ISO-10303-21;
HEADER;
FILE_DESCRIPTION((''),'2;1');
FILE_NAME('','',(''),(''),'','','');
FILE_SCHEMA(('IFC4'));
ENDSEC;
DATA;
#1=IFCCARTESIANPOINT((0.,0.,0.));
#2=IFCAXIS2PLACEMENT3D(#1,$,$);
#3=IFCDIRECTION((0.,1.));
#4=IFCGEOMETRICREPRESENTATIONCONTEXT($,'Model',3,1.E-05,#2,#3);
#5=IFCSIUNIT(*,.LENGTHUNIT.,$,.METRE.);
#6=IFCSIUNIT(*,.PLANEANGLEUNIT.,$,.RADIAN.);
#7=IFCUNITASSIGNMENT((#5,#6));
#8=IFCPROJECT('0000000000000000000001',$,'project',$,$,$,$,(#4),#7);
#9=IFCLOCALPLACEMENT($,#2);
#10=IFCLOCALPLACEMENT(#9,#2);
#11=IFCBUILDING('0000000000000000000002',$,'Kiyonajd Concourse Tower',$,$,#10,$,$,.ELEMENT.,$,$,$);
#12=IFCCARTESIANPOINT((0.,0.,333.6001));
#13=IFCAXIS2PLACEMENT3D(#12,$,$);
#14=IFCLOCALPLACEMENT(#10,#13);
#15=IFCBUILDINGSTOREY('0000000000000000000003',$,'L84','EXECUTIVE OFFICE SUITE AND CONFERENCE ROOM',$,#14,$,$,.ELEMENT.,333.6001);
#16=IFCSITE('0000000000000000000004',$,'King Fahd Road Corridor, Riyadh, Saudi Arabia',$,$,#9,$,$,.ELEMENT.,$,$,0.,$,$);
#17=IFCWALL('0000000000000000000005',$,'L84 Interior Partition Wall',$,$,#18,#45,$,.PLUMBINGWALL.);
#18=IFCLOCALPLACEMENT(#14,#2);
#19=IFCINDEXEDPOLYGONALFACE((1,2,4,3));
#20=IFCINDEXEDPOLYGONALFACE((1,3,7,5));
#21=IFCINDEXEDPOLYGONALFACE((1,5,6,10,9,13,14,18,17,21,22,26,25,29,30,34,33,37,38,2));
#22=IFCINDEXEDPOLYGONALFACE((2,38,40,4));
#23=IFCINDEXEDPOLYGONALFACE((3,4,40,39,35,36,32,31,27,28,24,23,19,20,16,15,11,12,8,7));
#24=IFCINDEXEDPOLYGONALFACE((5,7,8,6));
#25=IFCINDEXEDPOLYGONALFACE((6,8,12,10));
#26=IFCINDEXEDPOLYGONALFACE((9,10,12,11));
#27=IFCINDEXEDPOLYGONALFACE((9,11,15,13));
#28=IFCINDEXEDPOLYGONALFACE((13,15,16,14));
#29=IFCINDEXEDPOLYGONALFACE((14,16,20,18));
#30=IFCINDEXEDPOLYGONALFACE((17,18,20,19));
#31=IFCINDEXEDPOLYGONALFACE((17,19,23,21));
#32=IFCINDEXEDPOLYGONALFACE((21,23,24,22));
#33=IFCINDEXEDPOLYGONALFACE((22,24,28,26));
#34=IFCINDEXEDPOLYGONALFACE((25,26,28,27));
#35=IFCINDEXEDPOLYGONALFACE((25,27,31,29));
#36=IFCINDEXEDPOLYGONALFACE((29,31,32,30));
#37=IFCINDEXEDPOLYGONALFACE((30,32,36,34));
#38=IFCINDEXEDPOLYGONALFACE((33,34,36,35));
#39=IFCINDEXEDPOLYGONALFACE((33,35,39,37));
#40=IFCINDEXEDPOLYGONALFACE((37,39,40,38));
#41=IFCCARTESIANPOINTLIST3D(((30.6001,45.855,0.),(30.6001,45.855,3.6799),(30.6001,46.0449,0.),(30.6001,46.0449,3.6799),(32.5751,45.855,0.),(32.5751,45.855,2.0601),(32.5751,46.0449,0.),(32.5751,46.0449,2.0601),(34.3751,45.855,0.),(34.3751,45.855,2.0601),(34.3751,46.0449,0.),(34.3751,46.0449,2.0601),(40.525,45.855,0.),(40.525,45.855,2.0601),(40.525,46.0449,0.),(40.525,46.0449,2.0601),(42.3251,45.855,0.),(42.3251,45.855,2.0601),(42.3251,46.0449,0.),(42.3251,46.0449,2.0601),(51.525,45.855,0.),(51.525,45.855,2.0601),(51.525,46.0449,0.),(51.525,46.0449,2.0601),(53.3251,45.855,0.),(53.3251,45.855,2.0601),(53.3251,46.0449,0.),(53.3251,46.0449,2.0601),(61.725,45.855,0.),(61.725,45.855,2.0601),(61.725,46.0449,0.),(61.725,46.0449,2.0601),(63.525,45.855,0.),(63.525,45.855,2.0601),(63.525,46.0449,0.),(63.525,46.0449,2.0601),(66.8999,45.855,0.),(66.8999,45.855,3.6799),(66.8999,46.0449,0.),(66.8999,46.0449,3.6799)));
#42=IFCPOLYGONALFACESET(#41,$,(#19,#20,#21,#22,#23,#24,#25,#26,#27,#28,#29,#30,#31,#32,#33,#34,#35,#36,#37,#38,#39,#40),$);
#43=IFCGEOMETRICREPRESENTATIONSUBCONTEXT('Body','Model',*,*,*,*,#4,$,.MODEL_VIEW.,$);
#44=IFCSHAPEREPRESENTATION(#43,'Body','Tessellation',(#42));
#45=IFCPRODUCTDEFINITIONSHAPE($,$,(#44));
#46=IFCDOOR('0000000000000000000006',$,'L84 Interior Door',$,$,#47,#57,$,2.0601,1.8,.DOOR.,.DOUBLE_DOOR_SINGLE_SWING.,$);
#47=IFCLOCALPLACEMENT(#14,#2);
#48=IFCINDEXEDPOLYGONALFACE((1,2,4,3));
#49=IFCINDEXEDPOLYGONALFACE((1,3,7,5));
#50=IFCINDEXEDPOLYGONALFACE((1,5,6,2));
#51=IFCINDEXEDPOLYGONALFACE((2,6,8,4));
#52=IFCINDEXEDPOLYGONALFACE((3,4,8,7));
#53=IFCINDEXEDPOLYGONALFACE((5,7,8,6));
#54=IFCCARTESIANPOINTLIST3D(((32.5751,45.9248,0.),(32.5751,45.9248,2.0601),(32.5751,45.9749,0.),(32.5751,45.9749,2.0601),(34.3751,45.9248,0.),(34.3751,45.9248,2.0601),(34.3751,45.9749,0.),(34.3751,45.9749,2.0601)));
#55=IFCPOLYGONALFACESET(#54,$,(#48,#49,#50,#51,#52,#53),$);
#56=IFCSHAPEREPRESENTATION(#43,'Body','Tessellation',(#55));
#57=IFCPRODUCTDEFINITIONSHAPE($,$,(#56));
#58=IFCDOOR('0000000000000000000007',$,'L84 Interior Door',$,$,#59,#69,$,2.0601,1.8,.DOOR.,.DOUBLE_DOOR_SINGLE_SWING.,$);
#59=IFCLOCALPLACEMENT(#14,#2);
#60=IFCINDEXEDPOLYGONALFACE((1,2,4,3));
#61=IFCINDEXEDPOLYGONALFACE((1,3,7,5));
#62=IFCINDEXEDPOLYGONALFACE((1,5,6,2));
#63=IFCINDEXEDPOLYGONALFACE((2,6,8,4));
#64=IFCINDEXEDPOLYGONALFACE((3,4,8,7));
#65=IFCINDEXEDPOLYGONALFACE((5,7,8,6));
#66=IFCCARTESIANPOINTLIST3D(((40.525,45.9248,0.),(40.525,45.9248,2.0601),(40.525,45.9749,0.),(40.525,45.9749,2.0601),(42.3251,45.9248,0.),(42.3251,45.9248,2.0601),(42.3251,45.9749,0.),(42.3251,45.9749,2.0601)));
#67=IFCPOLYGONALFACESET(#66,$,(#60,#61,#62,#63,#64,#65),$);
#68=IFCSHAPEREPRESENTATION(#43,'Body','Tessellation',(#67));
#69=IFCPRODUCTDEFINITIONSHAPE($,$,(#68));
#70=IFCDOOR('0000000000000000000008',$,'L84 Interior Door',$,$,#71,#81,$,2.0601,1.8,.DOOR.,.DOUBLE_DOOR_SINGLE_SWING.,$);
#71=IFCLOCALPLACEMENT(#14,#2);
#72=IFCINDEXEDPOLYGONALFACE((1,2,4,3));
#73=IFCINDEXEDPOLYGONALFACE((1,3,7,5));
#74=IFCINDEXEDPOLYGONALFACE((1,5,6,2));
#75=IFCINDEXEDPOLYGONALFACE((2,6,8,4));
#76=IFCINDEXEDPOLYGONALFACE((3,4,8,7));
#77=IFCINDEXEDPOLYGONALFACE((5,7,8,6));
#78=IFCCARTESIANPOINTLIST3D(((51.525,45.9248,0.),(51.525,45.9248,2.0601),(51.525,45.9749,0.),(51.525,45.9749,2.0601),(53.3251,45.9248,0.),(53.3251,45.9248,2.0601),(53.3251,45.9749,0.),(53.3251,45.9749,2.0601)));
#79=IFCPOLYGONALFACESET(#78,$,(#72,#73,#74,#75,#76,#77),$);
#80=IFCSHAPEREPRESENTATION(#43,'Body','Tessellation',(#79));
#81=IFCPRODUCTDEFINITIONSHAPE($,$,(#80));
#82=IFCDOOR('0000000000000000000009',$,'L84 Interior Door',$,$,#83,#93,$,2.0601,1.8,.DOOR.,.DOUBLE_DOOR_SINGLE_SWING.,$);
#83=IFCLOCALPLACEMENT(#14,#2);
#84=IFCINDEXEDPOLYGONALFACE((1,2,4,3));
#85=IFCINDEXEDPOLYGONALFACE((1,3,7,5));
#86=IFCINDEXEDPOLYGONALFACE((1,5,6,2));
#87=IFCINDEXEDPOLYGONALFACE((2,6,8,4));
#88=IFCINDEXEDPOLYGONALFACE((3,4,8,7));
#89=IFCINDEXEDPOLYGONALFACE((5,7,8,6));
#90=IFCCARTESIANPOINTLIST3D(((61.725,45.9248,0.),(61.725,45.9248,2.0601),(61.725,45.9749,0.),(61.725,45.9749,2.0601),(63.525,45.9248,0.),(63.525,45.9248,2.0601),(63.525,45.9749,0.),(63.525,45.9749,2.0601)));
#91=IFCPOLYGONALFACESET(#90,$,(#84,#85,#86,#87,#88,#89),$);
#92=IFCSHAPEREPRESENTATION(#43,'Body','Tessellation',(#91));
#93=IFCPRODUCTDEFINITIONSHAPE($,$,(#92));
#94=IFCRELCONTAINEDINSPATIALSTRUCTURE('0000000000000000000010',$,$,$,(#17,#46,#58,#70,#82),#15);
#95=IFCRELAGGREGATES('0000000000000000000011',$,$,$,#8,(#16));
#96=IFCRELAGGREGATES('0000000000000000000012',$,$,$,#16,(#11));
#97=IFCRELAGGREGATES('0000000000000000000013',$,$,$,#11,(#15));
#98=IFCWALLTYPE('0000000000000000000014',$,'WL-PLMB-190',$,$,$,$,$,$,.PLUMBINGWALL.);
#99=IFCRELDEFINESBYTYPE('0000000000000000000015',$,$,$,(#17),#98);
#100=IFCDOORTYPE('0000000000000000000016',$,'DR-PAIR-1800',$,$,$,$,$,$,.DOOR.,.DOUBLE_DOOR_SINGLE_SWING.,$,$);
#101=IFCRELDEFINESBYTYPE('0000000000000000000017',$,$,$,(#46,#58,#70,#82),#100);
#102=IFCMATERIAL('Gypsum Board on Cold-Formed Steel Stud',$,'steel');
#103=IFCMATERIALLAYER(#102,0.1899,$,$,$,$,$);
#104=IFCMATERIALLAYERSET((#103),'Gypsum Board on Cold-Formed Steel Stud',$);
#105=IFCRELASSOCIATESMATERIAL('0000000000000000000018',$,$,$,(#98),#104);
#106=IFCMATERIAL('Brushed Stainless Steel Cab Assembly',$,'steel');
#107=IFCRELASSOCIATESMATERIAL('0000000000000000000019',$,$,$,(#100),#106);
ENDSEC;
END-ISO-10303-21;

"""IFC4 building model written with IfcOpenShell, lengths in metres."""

from ifc_helpers import new_model, si_unit, direction, frame, frame_2d, origin, place, context, subcontext, project, spatial, rectangle, extrude, material, layer, layer_set, type_object, element, fill, save


model = new_model("IFC4")

# Units and contexts
model_context = context("Model", 3, precision=1e-05, world=origin(), true_north=direction((0.0, 1.0)))
body_context = subcontext(model_context, "Body", "Model", "MODEL_VIEW")
ifc_project = project(units=[si_unit("LENGTHUNIT", "METRE"), si_unit("PLANEANGLEUNIT", "RADIAN")], contexts=[model_context])

# Site, building, storey
site_placement = place(None, origin())
site = spatial("IfcSite", under=ifc_project, at=site_placement, Name="King Fahd Road Corridor, Riyadh, Saudi Arabia", CompositionType="ELEMENT", RefElevation=0.0)
building_placement = place(site_placement, origin())
building = spatial("IfcBuilding", under=site, at=building_placement, Name="Kiyonajd Concourse Tower", CompositionType="ELEMENT")
storey_placement = place(building_placement, frame((0.0, 0.0, 333.6001)))
storey = spatial("IfcBuildingStorey", under=building, at=storey_placement, Name="L84", Description="EXECUTIVE OFFICE SUITE AND CONFERENCE ROOM", CompositionType="ELEMENT", Elevation=333.6001)

# Wall, openings, doors
ifc_material_1 = material(Name="Gypsum Board on Cold-Formed Steel Stud", Category="steel")
ifc_layer_1 = layer(ifc_material_1, 0.1899)
ifc_layer_set_1 = layer_set([ifc_layer_1], Name="Gypsum Board on Cold-Formed Steel Stud")
wall_type_1 = type_object("IfcWallType", Name="WL-PLMB-190", PredefinedType="PLUMBINGWALL", material=ifc_layer_set_1)
wall_1_placement = place(storey_placement, frame((30.6001, 45.95, 0.0), z_axis=(0.0, 0.0, 1.0), x_axis=(1.0, 0.0, 0.0)))
wall_1 = element("IfcWall", 1, at=wall_1_placement, inside=storey, type_object=wall_type_1, Name="L84 Interior Partition Wall", PredefinedType="PLUMBINGWALL", context=body_context, shape_type="SweptSolid", body=[
    extrude(rectangle(XDim=36.2998, YDim=0.1899, at=frame_2d((18.1499, 0.0))), origin(), (0.0, 0.0, 1.0), 3.6799),
])
opening_1_placement = place(wall_1_placement, frame((1.9751, 0.0, 0.0)))
opening_1 = element("IfcOpeningElement", 2, at=opening_1_placement, cuts=wall_1, PredefinedType="OPENING", context=body_context, shape_type="SweptSolid", body=[
    extrude(rectangle(XDim=1.8, YDim=2.0601, at=frame_2d((0.8999, 1.03))), frame((0.0, 0.105, 0.0), z_axis=(0.0, -1.0, 0.0), x_axis=(1.0, 0.0, 0.0)), (0.0, 0.0, 1.0), 0.21),
])
opening_2_placement = place(wall_1_placement, frame((9.925, 0.0, 0.0)))
opening_2 = element("IfcOpeningElement", 3, at=opening_2_placement, cuts=wall_1, PredefinedType="OPENING", context=body_context, shape_type="SweptSolid", body=[
    extrude(rectangle(XDim=1.8, YDim=2.0601, at=frame_2d((0.8999, 1.03))), frame((0.0, 0.105, 0.0), z_axis=(0.0, -1.0, 0.0), x_axis=(1.0, 0.0, 0.0)), (0.0, 0.0, 1.0), 0.21),
])
opening_3_placement = place(wall_1_placement, frame((20.925, 0.0, 0.0)))
opening_3 = element("IfcOpeningElement", 4, at=opening_3_placement, cuts=wall_1, PredefinedType="OPENING", context=body_context, shape_type="SweptSolid", body=[
    extrude(rectangle(XDim=1.8, YDim=2.0601, at=frame_2d((0.8999, 1.03))), frame((0.0, 0.105, 0.0), z_axis=(0.0, -1.0, 0.0), x_axis=(1.0, 0.0, 0.0)), (0.0, 0.0, 1.0), 0.21),
])
opening_4_placement = place(wall_1_placement, frame((31.125, 0.0, 0.0)))
opening_4 = element("IfcOpeningElement", 5, at=opening_4_placement, cuts=wall_1, PredefinedType="OPENING", context=body_context, shape_type="SweptSolid", body=[
    extrude(rectangle(XDim=1.8, YDim=2.0601, at=frame_2d((0.8999, 1.03))), frame((0.0, 0.105, 0.0), z_axis=(0.0, -1.0, 0.0), x_axis=(1.0, 0.0, 0.0)), (0.0, 0.0, 1.0), 0.21),
])
ifc_material_2 = material(Name="Brushed Stainless Steel Cab Assembly", Category="steel")
door_type = type_object("IfcDoorType", Name="DR-PAIR-1800", OperationType="DOUBLE_DOOR_SINGLE_SWING", PredefinedType="DOOR", material=ifc_material_2)
door_1_placement = place(opening_1_placement, origin())
door_1 = element("IfcDoor", 6, at=door_1_placement, inside=storey, type_object=door_type, Name="L84 Interior Door", OperationType="DOUBLE_DOOR_SINGLE_SWING", OverallHeight=2.0601, OverallWidth=1.8, PredefinedType="DOOR", context=body_context, shape_type="SweptSolid", body=[
    extrude(rectangle(XDim=1.8, YDim=2.0601, at=frame_2d((0.8999, 1.03))), frame((0.0, 0.0249, 0.0), z_axis=(0.0, -1.0, 0.0), x_axis=(1.0, 0.0, 0.0)), (0.0, 0.0, 1.0), 0.05),
])
fill(opening_1, door_1)
door_2_placement = place(opening_2_placement, origin())
door_2 = element("IfcDoor", 7, at=door_2_placement, inside=storey, type_object=door_type, Name="L84 Interior Door", OperationType="DOUBLE_DOOR_SINGLE_SWING", OverallHeight=2.0601, OverallWidth=1.8, PredefinedType="DOOR", context=body_context, shape_type="SweptSolid", body=[
    extrude(rectangle(XDim=1.8, YDim=2.0601, at=frame_2d((0.8999, 1.03))), frame((0.0, 0.0249, 0.0), z_axis=(0.0, -1.0, 0.0), x_axis=(1.0, 0.0, 0.0)), (0.0, 0.0, 1.0), 0.05),
])
fill(opening_2, door_2)
door_3_placement = place(opening_3_placement, origin())
door_3 = element("IfcDoor", 8, at=door_3_placement, inside=storey, type_object=door_type, Name="L84 Interior Door", OperationType="DOUBLE_DOOR_SINGLE_SWING", OverallHeight=2.0601, OverallWidth=1.8, PredefinedType="DOOR", context=body_context, shape_type="SweptSolid", body=[
    extrude(rectangle(XDim=1.8, YDim=2.0601, at=frame_2d((0.8999, 1.03))), frame((0.0, 0.0249, 0.0), z_axis=(0.0, -1.0, 0.0), x_axis=(1.0, 0.0, 0.0)), (0.0, 0.0, 1.0), 0.05),
])
fill(opening_3, door_3)
door_4_placement = place(opening_4_placement, origin())
door_4 = element("IfcDoor", 9, at=door_4_placement, inside=storey, type_object=door_type, Name="L84 Interior Door", OperationType="DOUBLE_DOOR_SINGLE_SWING", OverallHeight=2.0601, OverallWidth=1.8, PredefinedType="DOOR", context=body_context, shape_type="SweptSolid", body=[
    extrude(rectangle(XDim=1.8, YDim=2.0601, at=frame_2d((0.8999, 1.03))), frame((0.0, 0.0249, 0.0), z_axis=(0.0, -1.0, 0.0), x_axis=(1.0, 0.0, 0.0)), (0.0, 0.0, 1.0), 0.05),
])
fill(opening_4, door_4)

save(model, "model.ifc")
